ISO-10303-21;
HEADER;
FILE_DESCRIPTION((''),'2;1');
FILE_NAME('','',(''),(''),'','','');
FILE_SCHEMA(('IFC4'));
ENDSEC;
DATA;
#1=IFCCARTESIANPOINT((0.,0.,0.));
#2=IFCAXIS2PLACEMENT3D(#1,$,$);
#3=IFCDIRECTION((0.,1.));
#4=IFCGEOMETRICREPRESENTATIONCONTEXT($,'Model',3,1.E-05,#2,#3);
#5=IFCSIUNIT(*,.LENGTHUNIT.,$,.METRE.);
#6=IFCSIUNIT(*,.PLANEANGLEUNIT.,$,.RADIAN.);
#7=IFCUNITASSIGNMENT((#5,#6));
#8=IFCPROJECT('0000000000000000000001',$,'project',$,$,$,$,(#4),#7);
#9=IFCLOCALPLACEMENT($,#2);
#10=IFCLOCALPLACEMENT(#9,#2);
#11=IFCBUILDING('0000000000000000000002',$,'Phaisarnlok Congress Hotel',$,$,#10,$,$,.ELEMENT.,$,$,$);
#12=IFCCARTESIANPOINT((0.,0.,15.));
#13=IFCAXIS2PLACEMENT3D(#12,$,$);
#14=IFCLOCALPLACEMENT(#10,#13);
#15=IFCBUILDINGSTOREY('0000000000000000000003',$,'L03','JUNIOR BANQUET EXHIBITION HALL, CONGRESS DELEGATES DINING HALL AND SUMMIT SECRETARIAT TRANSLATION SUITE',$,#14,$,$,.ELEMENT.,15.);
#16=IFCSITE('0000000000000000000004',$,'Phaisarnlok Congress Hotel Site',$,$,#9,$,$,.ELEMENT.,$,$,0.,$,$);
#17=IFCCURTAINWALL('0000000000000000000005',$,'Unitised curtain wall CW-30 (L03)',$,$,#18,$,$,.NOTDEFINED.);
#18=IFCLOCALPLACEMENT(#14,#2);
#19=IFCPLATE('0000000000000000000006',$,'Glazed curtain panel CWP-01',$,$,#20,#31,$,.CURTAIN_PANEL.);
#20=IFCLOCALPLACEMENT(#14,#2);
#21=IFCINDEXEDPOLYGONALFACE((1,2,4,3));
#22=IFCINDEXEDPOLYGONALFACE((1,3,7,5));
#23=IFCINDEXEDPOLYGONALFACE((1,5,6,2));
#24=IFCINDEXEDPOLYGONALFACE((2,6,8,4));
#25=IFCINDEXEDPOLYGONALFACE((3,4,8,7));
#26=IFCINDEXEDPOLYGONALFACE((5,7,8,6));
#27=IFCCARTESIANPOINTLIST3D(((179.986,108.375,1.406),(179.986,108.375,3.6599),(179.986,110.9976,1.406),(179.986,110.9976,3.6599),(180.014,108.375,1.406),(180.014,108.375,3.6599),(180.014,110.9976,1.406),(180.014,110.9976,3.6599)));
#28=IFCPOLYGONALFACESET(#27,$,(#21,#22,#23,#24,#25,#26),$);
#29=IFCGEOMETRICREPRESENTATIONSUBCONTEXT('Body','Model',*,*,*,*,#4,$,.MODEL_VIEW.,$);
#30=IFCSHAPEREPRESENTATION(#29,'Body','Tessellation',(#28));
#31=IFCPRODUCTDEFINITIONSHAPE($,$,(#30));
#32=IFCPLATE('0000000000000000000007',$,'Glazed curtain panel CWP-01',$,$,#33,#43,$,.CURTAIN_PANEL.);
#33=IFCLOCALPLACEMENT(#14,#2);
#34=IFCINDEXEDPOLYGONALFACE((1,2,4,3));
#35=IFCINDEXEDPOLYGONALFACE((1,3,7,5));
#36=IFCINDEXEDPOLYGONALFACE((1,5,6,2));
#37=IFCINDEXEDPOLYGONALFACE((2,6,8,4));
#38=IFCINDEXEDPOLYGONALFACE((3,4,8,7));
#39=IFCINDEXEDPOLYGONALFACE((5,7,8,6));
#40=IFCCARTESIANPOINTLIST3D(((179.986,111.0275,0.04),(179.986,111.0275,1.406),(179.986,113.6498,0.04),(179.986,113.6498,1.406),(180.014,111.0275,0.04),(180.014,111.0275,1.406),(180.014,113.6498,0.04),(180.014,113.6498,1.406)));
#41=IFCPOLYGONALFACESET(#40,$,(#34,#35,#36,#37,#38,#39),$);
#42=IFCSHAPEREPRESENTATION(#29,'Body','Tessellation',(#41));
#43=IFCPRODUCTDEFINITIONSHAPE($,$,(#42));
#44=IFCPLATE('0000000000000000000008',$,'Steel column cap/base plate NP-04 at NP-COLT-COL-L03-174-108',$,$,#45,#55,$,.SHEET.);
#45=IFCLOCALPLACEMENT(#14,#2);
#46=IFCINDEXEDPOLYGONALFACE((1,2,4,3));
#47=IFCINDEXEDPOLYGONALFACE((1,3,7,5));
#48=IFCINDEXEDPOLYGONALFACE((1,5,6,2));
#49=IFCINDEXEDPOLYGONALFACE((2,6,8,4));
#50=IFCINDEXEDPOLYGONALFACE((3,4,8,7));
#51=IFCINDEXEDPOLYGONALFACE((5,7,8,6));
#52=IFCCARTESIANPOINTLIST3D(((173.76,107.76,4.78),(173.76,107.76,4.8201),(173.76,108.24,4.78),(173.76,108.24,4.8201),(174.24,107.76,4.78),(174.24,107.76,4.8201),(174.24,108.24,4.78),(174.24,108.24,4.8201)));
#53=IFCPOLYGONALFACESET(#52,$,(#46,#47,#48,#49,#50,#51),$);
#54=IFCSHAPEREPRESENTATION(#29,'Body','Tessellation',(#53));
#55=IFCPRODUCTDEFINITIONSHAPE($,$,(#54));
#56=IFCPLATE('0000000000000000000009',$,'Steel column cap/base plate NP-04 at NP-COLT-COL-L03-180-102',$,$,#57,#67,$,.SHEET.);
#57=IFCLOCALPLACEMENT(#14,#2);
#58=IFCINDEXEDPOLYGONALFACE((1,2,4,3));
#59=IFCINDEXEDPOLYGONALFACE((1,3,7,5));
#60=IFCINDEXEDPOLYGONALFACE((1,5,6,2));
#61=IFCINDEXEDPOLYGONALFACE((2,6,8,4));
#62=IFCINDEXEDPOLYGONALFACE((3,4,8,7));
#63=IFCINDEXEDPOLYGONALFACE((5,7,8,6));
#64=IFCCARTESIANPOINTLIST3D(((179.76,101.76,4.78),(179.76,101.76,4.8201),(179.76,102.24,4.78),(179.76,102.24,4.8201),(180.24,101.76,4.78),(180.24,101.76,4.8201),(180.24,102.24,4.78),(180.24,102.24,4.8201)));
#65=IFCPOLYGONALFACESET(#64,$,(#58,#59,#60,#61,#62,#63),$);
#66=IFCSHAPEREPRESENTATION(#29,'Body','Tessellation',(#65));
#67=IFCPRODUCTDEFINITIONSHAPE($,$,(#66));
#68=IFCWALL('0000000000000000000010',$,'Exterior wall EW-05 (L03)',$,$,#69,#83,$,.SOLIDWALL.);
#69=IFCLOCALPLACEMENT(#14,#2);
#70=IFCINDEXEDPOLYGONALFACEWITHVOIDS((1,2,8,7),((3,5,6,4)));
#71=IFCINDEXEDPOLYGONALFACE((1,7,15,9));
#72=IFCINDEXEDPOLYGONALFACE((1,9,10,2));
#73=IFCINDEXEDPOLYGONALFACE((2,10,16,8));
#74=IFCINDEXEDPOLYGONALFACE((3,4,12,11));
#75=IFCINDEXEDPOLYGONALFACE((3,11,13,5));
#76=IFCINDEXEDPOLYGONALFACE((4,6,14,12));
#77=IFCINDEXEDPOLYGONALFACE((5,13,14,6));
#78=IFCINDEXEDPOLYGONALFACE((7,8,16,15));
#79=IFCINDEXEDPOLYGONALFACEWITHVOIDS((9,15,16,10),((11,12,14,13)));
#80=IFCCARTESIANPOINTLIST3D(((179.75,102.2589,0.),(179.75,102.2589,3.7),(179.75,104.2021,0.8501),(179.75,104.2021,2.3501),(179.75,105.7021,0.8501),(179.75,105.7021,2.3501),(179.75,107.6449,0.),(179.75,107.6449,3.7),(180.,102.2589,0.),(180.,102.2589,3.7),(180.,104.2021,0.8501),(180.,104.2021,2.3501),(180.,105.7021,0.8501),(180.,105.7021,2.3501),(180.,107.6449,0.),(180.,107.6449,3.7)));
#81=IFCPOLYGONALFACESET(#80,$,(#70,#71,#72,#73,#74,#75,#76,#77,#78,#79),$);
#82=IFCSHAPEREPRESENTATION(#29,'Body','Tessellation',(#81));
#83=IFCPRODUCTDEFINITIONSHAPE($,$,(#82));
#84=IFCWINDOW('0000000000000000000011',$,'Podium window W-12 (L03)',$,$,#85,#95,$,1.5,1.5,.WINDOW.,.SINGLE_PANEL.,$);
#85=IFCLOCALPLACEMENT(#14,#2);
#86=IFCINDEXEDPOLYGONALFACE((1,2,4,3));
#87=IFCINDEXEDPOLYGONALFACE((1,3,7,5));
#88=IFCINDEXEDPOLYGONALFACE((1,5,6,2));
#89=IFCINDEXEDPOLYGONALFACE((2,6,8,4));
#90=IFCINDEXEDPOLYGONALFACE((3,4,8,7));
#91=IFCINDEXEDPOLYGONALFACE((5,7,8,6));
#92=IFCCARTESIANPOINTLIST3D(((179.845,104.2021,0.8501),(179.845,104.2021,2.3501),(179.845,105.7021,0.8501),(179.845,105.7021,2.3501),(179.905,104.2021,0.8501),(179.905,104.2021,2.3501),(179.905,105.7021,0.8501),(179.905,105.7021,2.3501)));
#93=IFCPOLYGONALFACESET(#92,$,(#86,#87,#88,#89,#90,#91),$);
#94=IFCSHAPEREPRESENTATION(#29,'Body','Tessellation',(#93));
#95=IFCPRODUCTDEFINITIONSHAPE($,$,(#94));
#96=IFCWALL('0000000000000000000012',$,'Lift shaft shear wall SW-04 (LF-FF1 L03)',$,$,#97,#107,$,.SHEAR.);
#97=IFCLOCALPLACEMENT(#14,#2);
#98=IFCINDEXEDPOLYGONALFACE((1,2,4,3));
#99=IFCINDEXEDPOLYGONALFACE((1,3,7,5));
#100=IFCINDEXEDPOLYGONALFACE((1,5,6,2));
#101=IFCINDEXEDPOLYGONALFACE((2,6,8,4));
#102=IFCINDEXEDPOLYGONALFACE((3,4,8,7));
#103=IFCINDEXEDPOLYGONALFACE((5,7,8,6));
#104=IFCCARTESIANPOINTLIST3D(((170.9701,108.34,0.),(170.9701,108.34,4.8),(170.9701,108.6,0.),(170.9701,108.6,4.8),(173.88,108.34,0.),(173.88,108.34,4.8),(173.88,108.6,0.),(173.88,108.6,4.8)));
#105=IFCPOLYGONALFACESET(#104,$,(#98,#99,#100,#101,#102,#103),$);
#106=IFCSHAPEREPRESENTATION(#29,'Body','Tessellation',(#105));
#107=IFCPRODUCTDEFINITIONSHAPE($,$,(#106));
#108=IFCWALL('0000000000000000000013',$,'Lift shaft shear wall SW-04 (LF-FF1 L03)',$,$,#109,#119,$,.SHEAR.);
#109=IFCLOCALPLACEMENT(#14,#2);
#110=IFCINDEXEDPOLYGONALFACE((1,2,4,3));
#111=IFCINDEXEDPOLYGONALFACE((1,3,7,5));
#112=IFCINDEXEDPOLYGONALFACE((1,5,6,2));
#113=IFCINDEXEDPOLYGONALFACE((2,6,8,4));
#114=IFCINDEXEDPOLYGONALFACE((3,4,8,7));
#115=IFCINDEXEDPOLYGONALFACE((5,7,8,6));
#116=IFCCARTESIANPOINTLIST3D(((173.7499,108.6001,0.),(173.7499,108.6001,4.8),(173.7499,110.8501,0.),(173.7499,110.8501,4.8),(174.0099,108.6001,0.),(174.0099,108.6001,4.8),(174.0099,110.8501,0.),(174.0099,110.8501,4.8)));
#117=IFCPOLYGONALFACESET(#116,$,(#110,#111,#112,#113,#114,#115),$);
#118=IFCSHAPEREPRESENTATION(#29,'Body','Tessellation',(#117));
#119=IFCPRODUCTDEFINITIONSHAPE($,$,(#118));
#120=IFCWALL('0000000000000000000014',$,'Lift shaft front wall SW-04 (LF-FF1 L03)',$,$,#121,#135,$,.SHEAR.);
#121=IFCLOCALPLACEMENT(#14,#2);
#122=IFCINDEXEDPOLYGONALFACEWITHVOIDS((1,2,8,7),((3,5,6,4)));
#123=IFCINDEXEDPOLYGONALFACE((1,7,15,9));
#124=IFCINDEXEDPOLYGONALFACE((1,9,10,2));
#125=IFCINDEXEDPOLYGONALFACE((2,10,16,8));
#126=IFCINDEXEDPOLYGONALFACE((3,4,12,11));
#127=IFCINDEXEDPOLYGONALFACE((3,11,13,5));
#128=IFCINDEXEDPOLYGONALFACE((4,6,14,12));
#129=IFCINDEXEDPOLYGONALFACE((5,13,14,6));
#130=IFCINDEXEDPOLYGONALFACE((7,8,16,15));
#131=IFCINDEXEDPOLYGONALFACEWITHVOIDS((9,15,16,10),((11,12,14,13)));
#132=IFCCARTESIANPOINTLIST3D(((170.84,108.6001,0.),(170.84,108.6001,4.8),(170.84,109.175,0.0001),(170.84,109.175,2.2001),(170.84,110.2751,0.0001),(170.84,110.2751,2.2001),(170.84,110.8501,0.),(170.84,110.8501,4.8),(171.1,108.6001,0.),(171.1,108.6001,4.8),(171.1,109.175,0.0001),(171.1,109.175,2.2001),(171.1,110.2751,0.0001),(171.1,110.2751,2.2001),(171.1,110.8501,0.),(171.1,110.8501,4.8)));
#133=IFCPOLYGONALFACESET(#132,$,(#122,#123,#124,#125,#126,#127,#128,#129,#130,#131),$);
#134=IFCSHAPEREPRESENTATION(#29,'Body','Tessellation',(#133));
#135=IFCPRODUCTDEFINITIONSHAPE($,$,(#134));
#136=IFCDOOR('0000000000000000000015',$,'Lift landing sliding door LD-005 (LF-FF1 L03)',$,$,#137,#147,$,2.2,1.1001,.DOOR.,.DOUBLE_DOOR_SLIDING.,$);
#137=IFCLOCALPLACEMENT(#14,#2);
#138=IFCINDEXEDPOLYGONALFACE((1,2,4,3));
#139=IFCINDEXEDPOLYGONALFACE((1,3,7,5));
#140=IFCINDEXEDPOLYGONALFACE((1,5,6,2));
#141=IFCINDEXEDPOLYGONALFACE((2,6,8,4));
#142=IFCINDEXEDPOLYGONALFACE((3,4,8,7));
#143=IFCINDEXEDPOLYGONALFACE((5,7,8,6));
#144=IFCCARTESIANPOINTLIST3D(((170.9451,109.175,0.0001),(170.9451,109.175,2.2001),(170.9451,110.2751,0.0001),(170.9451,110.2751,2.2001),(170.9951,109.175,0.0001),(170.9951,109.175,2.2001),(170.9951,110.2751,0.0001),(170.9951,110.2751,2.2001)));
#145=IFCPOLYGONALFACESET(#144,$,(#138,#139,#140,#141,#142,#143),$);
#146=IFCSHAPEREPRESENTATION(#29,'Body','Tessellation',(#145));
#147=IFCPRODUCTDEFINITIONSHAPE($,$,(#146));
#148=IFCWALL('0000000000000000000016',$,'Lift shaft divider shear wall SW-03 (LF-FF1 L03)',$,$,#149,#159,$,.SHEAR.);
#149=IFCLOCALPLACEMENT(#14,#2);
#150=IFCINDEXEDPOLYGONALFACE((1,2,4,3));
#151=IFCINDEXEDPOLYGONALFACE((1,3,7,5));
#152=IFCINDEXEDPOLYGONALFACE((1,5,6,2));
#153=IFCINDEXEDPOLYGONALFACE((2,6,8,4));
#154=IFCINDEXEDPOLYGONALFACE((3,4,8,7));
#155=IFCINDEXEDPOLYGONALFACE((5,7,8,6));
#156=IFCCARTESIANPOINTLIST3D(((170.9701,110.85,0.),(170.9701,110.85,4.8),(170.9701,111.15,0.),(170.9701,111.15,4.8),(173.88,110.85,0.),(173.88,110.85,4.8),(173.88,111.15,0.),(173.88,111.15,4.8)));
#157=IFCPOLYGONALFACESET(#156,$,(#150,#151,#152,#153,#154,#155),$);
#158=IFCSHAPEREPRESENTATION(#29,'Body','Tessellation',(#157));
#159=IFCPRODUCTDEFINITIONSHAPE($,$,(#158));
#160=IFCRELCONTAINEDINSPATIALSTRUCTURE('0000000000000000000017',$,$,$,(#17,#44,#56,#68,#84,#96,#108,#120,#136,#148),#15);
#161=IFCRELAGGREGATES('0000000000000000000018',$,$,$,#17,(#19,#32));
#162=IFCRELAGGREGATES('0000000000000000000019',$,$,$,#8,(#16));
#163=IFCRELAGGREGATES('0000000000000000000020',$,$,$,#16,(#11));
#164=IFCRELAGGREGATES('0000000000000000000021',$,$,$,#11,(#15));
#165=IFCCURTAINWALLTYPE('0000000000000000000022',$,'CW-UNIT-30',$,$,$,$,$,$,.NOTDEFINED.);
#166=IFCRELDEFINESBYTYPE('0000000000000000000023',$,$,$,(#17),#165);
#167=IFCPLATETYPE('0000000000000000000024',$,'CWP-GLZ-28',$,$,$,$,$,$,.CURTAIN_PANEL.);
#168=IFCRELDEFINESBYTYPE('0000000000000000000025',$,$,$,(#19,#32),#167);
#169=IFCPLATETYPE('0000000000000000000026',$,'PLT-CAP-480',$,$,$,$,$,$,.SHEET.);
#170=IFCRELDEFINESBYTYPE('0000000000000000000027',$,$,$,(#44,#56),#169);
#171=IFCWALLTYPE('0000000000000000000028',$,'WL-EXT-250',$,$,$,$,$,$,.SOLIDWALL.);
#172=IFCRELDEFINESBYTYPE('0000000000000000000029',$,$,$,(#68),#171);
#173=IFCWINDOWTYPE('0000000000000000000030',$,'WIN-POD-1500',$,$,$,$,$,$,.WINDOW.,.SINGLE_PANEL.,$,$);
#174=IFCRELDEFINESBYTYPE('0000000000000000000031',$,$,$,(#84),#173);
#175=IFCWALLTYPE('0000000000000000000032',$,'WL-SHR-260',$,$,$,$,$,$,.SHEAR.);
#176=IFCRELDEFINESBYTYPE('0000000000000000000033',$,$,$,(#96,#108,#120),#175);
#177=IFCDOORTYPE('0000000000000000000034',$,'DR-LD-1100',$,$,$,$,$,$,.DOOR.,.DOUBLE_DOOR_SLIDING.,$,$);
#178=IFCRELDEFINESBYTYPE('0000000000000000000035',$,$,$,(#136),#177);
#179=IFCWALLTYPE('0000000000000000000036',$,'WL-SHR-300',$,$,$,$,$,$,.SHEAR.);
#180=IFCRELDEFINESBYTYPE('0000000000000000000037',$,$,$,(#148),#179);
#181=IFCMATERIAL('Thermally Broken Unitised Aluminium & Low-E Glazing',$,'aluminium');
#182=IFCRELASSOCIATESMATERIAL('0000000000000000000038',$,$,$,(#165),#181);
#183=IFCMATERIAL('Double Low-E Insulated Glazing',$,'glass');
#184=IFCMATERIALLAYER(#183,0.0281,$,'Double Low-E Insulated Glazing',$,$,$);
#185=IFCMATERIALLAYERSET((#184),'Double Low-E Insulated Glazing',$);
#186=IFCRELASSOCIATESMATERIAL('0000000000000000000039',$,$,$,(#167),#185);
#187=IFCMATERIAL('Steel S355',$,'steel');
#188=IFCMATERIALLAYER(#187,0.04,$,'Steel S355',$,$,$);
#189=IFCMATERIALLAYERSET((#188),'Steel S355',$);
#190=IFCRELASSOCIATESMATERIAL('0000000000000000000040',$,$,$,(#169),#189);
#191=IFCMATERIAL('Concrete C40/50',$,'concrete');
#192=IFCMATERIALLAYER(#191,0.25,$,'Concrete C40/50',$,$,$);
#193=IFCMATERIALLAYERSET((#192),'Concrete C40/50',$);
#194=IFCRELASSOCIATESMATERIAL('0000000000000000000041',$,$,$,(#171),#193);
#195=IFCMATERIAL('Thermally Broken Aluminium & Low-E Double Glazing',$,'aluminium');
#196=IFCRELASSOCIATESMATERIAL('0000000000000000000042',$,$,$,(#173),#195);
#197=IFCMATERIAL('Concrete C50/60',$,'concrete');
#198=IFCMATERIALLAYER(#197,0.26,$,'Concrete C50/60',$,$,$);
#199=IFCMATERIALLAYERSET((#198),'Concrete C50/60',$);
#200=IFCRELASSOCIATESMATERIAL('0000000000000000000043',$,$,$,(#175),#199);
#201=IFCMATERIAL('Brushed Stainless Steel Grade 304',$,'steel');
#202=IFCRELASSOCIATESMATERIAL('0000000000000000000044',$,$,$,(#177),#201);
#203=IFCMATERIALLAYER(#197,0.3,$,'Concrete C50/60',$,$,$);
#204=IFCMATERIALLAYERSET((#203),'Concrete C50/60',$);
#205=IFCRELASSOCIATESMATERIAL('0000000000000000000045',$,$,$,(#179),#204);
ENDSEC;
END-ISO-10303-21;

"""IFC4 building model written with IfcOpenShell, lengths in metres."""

from ifc_helpers import new_model, si_unit, direction, frame, frame_2d, origin, origin_2d, place, context, subcontext, project, spatial, rectangle, extrude, material, layer, layer_set, type_object, element, fill, aggregate, save


model = new_model("IFC4")

# Units and contexts
model_context = context("Model", 3, precision=1e-05, world=origin(), true_north=direction((0.0, 1.0)))
body_context = subcontext(model_context, "Body", "Model", "MODEL_VIEW")
ifc_project = project(units=[si_unit("LENGTHUNIT", "METRE"), si_unit("PLANEANGLEUNIT", "RADIAN")], contexts=[model_context])

# Site, building, storey
site_placement = place(None, origin())
site = spatial("IfcSite", under=ifc_project, at=site_placement, Name="Phaisarnlok Congress Hotel Site", CompositionType="ELEMENT", RefElevation=0.0)
building_placement = place(site_placement, origin())
building = spatial("IfcBuilding", under=site, at=building_placement, Name="Phaisarnlok Congress Hotel", CompositionType="ELEMENT")
storey_placement = place(building_placement, frame((0.0, 0.0, 15.0)))
storey = spatial("IfcBuildingStorey", under=building, at=storey_placement, Name="L03", Description="JUNIOR BANQUET EXHIBITION HALL, CONGRESS DELEGATES DINING HALL AND SUMMIT SECRETARIAT TRANSLATION SUITE", CompositionType="ELEMENT", Elevation=15.0)

# Shared definitions
ifc_material_1 = material(Name="Concrete C50/60", Category="concrete")
ifc_material_2 = material(Name="Steel S355", Category="steel")

# Shared definitions
ifc_material_3 = material(Name="Concrete C40/50", Category="concrete")

# Curtain wall
ifc_material_4 = material(Name="Thermally Broken Unitised Aluminium & Low-E Glazing", Category="aluminium")
curtain_wall_type = type_object("IfcCurtainWallType", Name="CW-UNIT-30", PredefinedType="NOTDEFINED", material=ifc_material_4)
curtain_wall_placement = place(storey_placement, origin())
curtain_wall = element("IfcCurtainWall", 1, at=curtain_wall_placement, inside=storey, type_object=curtain_wall_type, Name="Unitised curtain wall CW-30 (L03)", PredefinedType="NOTDEFINED")

# Plates
ifc_material_5 = material(Name="Double Low-E Insulated Glazing", Category="glass")
ifc_layer_1 = layer(ifc_material_5, 0.0281, Name="Double Low-E Insulated Glazing")
ifc_layer_set_1 = layer_set([ifc_layer_1], Name="Double Low-E Insulated Glazing")
plate_type_1 = type_object("IfcPlateType", Name="CWP-GLZ-28", PredefinedType="CURTAIN_PANEL", material=ifc_layer_set_1)
plate_1_placement = place(storey_placement, frame((180.0, 108.375, 1.406), z_axis=(0.0, 0.0, 1.0), x_axis=(0.0, 1.0, 0.0)))
plate_1 = element("IfcPlate", 2, at=plate_1_placement, type_object=plate_type_1, Name="Glazed curtain panel CWP-01", PredefinedType="CURTAIN_PANEL", context=body_context, shape_type="SweptSolid", body=[
    extrude(rectangle(XDim=2.6226, YDim=0.0281, at=frame_2d((1.3113, 0.0))), origin(), (0.0, 0.0, 1.0), 2.2539),
])
plate_2_placement = place(storey_placement, frame((180.0, 111.0276, 0.04), z_axis=(0.0, 0.0, 1.0), x_axis=(0.0, 1.0, 0.0)))
plate_2 = element("IfcPlate", 3, at=plate_2_placement, type_object=plate_type_1, Name="Glazed curtain panel CWP-01", PredefinedType="CURTAIN_PANEL", context=body_context, shape_type="SweptSolid", body=[
    extrude(rectangle(XDim=2.6223, YDim=0.0281, at=frame_2d((1.311, 0.0))), origin(), (0.0, 0.0, 1.0), 1.366),
])
aggregate(curtain_wall, [plate_1, plate_2])

# Plates
ifc_layer_2 = layer(ifc_material_2, 0.04, Name="Steel S355")
ifc_layer_set_2 = layer_set([ifc_layer_2], Name="Steel S355")
plate_type_2 = type_object("IfcPlateType", Name="PLT-CAP-480", PredefinedType="SHEET", material=ifc_layer_set_2)
for number, where, z_axis, x_axis, name in (
    (4, (174.0, 108.0, 4.78), (0.0, 0.0, 1.0), (1.0, 0.0, 0.0), "Steel column cap/base plate NP-04 at NP-COLT-COL-L03-174-108"),
    (5, (180.0, 102.0, 4.78), (0.0, 0.0, 1.0), (1.0, 0.0, 0.0), "Steel column cap/base plate NP-04 at NP-COLT-COL-L03-180-102"),
):
    element("IfcPlate", number, at=place(storey_placement, frame(where, z_axis=z_axis, x_axis=x_axis)), inside=storey, type_object=plate_type_2, Name=name, PredefinedType="SHEET", context=body_context, shape_type="SweptSolid", body=[
        extrude(rectangle(XDim=0.48, YDim=0.48, at=origin_2d()), origin(), (0.0, 0.0, 1.0), 0.04),
    ])

# Wall, opening, window
ifc_layer_3 = layer(ifc_material_3, 0.25, Name="Concrete C40/50")
ifc_layer_set_3 = layer_set([ifc_layer_3], Name="Concrete C40/50")
wall_type_1 = type_object("IfcWallType", Name="WL-EXT-250", PredefinedType="SOLIDWALL", material=ifc_layer_set_3)
wall_1_placement = place(storey_placement, frame((179.875, 102.259, 0.0), z_axis=(0.0, 0.0, 1.0), x_axis=(0.0, 1.0, 0.0)))
wall_1 = element("IfcWall", 6, at=wall_1_placement, inside=storey, type_object=wall_type_1, Name="Exterior wall EW-05 (L03)", PredefinedType="SOLIDWALL", context=body_context, shape_type="SweptSolid", body=[
    extrude(rectangle(XDim=5.386, YDim=0.25, at=frame_2d((2.6929, 0.0))), origin(), (0.0, 0.0, 1.0), 3.7),
])
opening_1_placement = place(wall_1_placement, frame((1.9431, 0.0, 0.8501)))
opening_1 = element("IfcOpeningElement", 7, at=opening_1_placement, cuts=wall_1, PredefinedType="OPENING", context=body_context, shape_type="SweptSolid", body=[
    extrude(rectangle(XDim=1.5, YDim=1.5, at=frame_2d((0.75, 0.75))), frame((0.0, 0.135, 0.0), z_axis=(0.0, -1.0, 0.0), x_axis=(1.0, 0.0, 0.0)), (0.0, 0.0, 1.0), 0.27),
])
ifc_material_6 = material(Name="Thermally Broken Aluminium & Low-E Double Glazing", Category="aluminium")
window_type = type_object("IfcWindowType", Name="WIN-POD-1500", PartitioningType="SINGLE_PANEL", PredefinedType="WINDOW", material=ifc_material_6)
window_placement = place(opening_1_placement, origin())
window = element("IfcWindow", 8, at=window_placement, inside=storey, type_object=window_type, Name="Podium window W-12 (L03)", OverallHeight=1.5, OverallWidth=1.5, PartitioningType="SINGLE_PANEL", PredefinedType="WINDOW", context=body_context, shape_type="SweptSolid", body=[
    extrude(rectangle(XDim=1.5, YDim=1.5, at=frame_2d((0.75, 0.75))), frame((0.0, 0.03, 0.0), z_axis=(0.0, -1.0, 0.0), x_axis=(1.0, 0.0, 0.0)), (0.0, 0.0, 1.0), 0.0601),
])
fill(opening_1, window)

# Walls
ifc_layer_4 = layer(ifc_material_1, 0.26, Name="Concrete C50/60")
ifc_layer_set_4 = layer_set([ifc_layer_4], Name="Concrete C50/60")
wall_type_2 = type_object("IfcWallType", Name="WL-SHR-260", PredefinedType="SHEAR", material=ifc_layer_set_4)
wall_2_placement = place(storey_placement, frame((170.97, 108.47, 0.0), z_axis=(0.0, 0.0, 1.0), x_axis=(1.0, 0.0, 0.0)))
element("IfcWall", 9, at=wall_2_placement, inside=storey, type_object=wall_type_2, Name="Lift shaft shear wall SW-04 (LF-FF1 L03)", PredefinedType="SHEAR", context=body_context, shape_type="SweptSolid", body=[
    extrude(rectangle(XDim=2.9099, YDim=0.26, at=frame_2d((1.4551, 0.0))), origin(), (0.0, 0.0, 1.0), 4.8),
])
wall_3_placement = place(storey_placement, frame((173.8799, 108.6001, 0.0), z_axis=(0.0, 0.0, 1.0), x_axis=(0.0, 1.0, 0.0)))
element("IfcWall", 10, at=wall_3_placement, inside=storey, type_object=wall_type_2, Name="Lift shaft shear wall SW-04 (LF-FF1 L03)", PredefinedType="SHEAR", context=body_context, shape_type="SweptSolid", body=[
    extrude(rectangle(XDim=2.25, YDim=0.26, at=frame_2d((1.125, 0.0))), origin(), (0.0, 0.0, 1.0), 4.8),
])

# Wall, opening, door
wall_4_placement = place(storey_placement, frame((170.97, 108.6001, 0.0), z_axis=(0.0, 0.0, 1.0), x_axis=(0.0, 1.0, 0.0)))
wall_4 = element("IfcWall", 11, at=wall_4_placement, inside=storey, type_object=wall_type_2, Name="Lift shaft front wall SW-04 (LF-FF1 L03)", PredefinedType="SHEAR", context=body_context, shape_type="SweptSolid", body=[
    extrude(rectangle(XDim=2.25, YDim=0.26, at=frame_2d((1.125, 0.0))), origin(), (0.0, 0.0, 1.0), 4.8),
])
opening_2_placement = place(wall_4_placement, frame((0.575, 0.0, 0.0)))
opening_2 = element("IfcOpeningElement", 12, at=opening_2_placement, cuts=wall_4, PredefinedType="OPENING", context=body_context, shape_type="SweptSolid", body=[
    extrude(rectangle(XDim=1.1001, YDim=2.2, at=frame_2d((0.55, 1.1001))), frame((0.0, 0.1401, 0.0), z_axis=(0.0, -1.0, 0.0), x_axis=(1.0, 0.0, 0.0)), (0.0, 0.0, 1.0), 0.28),
])
ifc_material_7 = material(Name="Brushed Stainless Steel Grade 304", Category="steel")
door_type = type_object("IfcDoorType", Name="DR-LD-1100", OperationType="DOUBLE_DOOR_SLIDING", PredefinedType="DOOR", material=ifc_material_7)
door_placement = place(opening_2_placement, origin())
door = element("IfcDoor", 13, at=door_placement, inside=storey, type_object=door_type, Name="Lift landing sliding door LD-005 (LF-FF1 L03)", OperationType="DOUBLE_DOOR_SLIDING", OverallHeight=2.2, OverallWidth=1.1001, PredefinedType="DOOR", context=body_context, shape_type="SweptSolid", body=[
    extrude(rectangle(XDim=1.1001, YDim=2.2, at=frame_2d((0.55, 1.1001))), frame((0.0, 0.0249, 0.0), z_axis=(0.0, -1.0, 0.0), x_axis=(1.0, 0.0, 0.0)), (0.0, 0.0, 1.0), 0.05),
])
fill(opening_2, door)

# Wall
ifc_layer_5 = layer(ifc_material_1, 0.3, Name="Concrete C50/60")
ifc_layer_set_5 = layer_set([ifc_layer_5], Name="Concrete C50/60")
wall_type_3 = type_object("IfcWallType", Name="WL-SHR-300", PredefinedType="SHEAR", material=ifc_layer_set_5)
wall_5_placement = place(storey_placement, frame((170.97, 111.0, 0.0), z_axis=(0.0, 0.0, 1.0), x_axis=(1.0, 0.0, 0.0)))
element("IfcWall", 14, at=wall_5_placement, inside=storey, type_object=wall_type_3, Name="Lift shaft divider shear wall SW-03 (LF-FF1 L03)", PredefinedType="SHEAR", context=body_context, shape_type="SweptSolid", body=[
    extrude(rectangle(XDim=2.9099, YDim=0.3, at=frame_2d((1.4551, 0.0))), origin(), (0.0, 0.0, 1.0), 4.8),
])

save(model, "model.ifc")
